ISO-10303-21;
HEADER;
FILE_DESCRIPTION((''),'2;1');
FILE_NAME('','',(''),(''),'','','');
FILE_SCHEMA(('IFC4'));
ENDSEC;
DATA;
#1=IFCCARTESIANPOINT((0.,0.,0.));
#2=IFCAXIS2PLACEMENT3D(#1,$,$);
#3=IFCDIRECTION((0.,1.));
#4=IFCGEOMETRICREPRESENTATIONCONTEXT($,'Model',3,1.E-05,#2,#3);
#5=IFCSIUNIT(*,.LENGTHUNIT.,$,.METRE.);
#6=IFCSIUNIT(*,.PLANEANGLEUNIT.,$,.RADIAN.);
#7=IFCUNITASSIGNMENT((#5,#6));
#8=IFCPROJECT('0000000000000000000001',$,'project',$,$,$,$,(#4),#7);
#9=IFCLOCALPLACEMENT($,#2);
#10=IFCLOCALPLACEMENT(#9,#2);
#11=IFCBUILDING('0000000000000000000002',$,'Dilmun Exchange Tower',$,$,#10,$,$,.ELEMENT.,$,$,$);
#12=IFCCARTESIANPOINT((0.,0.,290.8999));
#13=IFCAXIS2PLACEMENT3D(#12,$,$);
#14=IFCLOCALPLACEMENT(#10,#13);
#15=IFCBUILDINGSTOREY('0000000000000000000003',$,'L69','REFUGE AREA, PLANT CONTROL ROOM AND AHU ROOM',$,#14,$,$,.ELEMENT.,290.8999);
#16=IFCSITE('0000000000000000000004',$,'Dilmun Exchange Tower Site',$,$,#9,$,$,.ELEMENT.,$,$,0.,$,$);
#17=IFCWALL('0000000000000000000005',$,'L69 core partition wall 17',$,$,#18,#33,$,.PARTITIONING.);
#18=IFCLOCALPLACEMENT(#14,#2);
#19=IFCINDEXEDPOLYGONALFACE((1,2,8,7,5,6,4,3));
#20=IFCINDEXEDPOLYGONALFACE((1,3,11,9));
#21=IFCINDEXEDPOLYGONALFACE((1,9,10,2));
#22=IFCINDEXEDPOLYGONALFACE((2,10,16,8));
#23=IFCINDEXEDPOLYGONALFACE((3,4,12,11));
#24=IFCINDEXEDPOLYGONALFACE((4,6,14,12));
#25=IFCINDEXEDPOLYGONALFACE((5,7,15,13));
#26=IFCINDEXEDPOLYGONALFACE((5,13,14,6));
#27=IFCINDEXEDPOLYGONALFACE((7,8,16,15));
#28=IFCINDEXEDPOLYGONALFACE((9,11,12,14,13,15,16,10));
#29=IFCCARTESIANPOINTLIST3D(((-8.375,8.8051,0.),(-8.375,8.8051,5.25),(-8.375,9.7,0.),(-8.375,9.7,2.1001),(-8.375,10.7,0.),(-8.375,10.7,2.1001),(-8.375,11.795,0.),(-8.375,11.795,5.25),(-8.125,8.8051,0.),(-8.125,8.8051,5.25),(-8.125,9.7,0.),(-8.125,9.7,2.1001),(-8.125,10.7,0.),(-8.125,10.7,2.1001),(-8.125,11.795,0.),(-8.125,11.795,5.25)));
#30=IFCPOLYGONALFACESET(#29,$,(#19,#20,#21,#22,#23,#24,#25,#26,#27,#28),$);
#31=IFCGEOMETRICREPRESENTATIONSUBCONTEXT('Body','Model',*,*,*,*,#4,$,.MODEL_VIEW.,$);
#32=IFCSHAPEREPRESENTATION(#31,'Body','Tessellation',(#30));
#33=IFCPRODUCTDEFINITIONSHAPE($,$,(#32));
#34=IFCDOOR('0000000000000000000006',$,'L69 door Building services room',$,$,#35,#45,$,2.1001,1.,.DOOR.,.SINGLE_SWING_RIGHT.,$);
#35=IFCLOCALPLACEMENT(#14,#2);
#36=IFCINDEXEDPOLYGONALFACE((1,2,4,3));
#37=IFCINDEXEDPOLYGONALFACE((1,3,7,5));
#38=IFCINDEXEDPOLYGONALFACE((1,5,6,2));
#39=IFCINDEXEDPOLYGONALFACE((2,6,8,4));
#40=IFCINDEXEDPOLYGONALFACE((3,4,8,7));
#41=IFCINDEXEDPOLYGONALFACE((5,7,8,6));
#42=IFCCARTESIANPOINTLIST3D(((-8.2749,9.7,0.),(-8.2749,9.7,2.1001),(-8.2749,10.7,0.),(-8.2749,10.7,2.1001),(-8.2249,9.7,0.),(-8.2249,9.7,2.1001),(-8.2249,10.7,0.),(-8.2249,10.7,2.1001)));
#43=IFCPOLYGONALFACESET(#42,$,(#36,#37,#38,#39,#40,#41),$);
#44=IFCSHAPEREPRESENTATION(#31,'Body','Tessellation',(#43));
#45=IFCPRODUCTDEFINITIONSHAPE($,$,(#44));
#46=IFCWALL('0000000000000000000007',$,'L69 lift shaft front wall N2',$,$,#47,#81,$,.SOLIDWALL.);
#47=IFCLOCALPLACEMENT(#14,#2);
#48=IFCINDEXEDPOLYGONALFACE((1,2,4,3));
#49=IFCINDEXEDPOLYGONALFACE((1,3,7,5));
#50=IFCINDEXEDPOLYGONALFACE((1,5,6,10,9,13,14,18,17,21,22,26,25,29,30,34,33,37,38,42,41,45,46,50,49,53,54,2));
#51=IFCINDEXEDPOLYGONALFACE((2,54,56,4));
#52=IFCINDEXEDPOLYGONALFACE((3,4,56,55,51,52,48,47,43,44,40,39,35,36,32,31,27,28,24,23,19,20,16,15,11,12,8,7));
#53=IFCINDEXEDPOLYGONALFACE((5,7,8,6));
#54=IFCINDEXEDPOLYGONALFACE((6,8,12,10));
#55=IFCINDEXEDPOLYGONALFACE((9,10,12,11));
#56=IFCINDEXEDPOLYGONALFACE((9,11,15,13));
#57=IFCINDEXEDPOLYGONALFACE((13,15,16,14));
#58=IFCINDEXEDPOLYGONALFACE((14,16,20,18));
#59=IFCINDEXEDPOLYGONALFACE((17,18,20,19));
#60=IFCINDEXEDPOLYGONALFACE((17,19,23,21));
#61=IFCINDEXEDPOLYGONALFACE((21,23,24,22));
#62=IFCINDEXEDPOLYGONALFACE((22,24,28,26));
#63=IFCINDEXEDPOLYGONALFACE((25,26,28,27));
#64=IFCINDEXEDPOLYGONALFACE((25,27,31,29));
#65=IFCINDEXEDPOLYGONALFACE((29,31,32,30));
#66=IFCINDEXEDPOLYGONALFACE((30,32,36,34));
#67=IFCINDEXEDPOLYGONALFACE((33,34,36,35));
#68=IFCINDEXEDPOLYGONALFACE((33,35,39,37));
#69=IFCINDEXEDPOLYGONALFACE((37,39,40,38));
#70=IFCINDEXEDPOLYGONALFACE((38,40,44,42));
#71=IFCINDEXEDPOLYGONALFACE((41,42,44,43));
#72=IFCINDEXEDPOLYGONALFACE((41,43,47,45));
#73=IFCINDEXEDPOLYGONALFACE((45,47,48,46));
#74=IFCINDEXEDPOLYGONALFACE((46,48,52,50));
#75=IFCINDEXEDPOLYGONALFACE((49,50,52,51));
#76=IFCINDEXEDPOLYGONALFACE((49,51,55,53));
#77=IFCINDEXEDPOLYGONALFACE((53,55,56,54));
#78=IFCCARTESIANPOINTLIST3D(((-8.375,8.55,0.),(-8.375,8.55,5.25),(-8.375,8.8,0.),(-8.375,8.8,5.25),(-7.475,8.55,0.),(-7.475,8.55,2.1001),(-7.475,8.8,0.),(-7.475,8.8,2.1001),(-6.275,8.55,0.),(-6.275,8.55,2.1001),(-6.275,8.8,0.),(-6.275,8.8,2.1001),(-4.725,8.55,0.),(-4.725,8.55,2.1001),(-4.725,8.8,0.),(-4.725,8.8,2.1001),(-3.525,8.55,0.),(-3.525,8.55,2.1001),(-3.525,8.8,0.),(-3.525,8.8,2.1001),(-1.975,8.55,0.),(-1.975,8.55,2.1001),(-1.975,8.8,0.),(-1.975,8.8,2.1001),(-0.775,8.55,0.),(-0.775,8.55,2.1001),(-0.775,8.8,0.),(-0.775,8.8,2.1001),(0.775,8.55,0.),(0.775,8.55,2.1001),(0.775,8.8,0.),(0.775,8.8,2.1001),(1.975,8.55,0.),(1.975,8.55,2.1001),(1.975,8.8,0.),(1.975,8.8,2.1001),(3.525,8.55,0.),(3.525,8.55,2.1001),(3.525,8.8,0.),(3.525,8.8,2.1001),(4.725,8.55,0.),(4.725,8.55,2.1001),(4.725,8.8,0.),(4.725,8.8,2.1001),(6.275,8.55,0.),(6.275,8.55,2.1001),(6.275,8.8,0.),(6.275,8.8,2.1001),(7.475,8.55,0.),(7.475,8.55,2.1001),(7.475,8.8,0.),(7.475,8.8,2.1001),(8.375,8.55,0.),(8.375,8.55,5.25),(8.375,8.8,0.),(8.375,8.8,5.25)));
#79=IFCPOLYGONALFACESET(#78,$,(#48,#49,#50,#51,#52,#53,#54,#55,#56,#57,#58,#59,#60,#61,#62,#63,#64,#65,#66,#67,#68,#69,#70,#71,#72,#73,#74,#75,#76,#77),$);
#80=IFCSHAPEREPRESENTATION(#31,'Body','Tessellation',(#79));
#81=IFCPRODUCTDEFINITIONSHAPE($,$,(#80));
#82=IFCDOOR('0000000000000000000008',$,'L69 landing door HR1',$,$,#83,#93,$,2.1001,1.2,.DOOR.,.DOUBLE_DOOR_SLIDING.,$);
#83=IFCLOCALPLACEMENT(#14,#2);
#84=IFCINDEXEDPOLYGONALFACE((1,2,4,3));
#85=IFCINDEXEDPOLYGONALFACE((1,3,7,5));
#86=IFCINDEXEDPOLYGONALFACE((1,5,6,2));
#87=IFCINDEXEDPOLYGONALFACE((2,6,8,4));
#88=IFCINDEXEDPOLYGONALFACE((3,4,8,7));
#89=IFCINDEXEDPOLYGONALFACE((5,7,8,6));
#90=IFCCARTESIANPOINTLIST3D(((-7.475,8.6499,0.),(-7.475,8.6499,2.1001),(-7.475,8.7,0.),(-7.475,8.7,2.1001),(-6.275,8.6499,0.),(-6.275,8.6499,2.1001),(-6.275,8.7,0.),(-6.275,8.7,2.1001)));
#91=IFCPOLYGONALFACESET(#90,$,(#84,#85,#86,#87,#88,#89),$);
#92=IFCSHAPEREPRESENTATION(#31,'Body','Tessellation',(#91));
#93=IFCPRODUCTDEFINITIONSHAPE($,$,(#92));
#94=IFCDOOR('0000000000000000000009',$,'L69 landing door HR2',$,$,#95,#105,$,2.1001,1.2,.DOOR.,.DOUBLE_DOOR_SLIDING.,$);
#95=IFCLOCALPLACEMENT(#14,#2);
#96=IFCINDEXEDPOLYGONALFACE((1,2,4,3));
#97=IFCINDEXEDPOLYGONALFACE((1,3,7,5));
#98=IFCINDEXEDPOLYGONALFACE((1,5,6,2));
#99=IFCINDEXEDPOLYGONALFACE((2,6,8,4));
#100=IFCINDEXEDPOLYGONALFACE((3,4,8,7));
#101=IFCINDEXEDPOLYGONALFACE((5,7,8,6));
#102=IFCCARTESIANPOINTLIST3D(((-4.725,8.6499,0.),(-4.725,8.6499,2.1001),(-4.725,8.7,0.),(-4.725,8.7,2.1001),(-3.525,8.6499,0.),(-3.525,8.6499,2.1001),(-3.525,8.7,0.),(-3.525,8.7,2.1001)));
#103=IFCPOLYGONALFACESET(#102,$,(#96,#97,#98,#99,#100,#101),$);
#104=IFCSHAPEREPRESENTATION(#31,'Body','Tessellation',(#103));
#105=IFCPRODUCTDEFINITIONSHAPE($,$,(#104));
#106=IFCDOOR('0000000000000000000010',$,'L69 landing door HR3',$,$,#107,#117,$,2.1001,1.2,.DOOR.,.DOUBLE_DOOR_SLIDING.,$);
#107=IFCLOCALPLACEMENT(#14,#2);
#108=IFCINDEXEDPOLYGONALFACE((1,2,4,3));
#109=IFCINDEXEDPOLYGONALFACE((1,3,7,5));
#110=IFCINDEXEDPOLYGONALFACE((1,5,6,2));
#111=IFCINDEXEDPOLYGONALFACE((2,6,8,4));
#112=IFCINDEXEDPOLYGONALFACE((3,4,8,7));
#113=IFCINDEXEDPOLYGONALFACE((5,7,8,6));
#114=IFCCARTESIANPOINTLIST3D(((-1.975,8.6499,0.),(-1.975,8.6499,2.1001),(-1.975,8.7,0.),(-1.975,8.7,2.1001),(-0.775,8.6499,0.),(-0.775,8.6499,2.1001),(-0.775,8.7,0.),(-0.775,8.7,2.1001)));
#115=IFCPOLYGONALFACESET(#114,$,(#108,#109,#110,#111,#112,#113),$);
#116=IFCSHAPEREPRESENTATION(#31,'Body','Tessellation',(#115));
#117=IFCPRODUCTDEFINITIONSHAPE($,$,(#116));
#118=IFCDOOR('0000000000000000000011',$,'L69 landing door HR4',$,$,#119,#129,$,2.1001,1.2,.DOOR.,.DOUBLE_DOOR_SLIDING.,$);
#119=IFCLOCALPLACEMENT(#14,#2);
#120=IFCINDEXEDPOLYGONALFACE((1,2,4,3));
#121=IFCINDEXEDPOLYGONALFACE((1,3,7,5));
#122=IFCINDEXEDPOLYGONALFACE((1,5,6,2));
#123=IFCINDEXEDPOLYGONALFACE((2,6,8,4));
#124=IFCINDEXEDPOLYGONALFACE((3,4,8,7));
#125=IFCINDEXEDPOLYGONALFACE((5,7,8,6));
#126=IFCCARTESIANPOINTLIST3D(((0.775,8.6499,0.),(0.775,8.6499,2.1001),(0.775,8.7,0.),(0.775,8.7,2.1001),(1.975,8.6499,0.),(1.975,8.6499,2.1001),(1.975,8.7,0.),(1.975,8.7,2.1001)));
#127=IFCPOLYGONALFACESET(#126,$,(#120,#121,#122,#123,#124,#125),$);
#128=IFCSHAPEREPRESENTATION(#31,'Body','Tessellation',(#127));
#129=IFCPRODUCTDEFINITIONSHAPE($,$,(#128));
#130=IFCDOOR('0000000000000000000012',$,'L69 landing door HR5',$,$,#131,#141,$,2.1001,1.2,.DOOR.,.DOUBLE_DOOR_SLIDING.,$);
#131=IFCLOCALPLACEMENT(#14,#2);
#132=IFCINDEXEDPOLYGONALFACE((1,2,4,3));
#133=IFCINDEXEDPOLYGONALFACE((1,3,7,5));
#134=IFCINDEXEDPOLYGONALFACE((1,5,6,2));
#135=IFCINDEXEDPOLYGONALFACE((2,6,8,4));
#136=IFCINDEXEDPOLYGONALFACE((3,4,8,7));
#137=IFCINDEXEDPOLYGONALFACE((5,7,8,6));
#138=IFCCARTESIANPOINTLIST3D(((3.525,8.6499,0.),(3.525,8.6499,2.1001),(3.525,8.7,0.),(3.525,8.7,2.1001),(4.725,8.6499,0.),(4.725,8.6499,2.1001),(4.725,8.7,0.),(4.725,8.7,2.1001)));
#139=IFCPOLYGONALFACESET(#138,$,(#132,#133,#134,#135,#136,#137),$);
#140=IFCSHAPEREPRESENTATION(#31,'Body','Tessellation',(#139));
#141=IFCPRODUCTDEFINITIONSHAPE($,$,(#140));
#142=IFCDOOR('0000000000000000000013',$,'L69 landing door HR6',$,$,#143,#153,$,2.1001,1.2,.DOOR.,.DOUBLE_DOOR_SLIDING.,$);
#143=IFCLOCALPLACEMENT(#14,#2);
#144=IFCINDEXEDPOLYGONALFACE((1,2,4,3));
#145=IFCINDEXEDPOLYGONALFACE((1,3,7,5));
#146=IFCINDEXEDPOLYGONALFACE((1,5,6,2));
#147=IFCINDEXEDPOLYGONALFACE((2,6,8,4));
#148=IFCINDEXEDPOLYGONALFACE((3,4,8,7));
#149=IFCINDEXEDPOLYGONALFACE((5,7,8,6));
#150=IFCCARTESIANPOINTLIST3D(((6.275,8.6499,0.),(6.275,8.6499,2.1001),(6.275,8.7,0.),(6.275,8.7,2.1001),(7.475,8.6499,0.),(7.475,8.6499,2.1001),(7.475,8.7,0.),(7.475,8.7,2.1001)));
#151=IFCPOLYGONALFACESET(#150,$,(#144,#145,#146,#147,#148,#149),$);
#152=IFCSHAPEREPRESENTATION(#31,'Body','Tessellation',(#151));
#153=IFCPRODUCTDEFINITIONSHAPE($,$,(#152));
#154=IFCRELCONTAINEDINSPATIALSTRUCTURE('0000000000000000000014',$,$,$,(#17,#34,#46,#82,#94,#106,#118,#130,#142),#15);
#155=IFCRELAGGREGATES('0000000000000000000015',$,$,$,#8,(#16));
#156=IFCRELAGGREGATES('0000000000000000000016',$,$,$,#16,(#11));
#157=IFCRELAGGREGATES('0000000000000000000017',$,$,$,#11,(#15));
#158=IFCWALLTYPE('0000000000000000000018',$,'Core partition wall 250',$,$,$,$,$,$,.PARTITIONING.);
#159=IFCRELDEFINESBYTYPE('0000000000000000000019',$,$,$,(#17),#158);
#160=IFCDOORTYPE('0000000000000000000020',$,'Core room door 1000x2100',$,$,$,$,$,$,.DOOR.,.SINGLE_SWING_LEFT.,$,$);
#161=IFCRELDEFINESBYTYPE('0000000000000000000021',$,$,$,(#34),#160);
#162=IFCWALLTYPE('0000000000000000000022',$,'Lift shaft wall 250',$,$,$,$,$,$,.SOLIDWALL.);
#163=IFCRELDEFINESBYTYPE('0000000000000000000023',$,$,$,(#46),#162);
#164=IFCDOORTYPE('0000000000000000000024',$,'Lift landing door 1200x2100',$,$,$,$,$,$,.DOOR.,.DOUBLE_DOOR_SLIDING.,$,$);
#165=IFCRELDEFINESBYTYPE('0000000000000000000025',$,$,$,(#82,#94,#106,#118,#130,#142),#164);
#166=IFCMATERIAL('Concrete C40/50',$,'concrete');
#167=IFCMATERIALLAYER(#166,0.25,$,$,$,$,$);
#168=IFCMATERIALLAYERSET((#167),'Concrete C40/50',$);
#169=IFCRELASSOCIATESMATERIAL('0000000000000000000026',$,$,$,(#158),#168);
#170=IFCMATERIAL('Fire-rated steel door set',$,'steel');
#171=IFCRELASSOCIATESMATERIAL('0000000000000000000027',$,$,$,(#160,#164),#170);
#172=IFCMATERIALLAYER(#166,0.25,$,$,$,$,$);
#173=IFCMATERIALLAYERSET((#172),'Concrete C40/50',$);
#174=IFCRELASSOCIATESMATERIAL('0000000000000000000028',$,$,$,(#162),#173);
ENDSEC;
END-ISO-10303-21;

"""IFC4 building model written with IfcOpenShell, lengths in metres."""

from ifc_helpers import new_model, si_unit, direction, frame, frame_2d, origin, place, context, subcontext, project, spatial, rectangle, extrude, material, layer, layer_set, type_object, element, fill, save


model = new_model("IFC4")

# Units and contexts
model_context = context("Model", 3, precision=1e-05, world=origin(), true_north=direction((0.0, 1.0)))
body_context = subcontext(model_context, "Body", "Model", "MODEL_VIEW")
ifc_project = project(units=[si_unit("LENGTHUNIT", "METRE"), si_unit("PLANEANGLEUNIT", "RADIAN")], contexts=[model_context])

# Site, building, storey
site_placement = place(None, origin())
site = spatial("IfcSite", under=ifc_project, at=site_placement, Name="Dilmun Exchange Tower Site", CompositionType="ELEMENT", RefElevation=0.0)
building_placement = place(site_placement, origin())
building = spatial("IfcBuilding", under=site, at=building_placement, Name="Dilmun Exchange Tower", CompositionType="ELEMENT")
storey_placement = place(building_placement, frame((0.0, 0.0, 290.8999)))
storey = spatial("IfcBuildingStorey", under=building, at=storey_placement, Name="L69", Description="REFUGE AREA, PLANT CONTROL ROOM AND AHU ROOM", CompositionType="ELEMENT", Elevation=290.8999)

# Shared definitions
ifc_material_1 = material(Name="Concrete C40/50", Category="concrete")

# Wall, opening, door
ifc_layer_1 = layer(ifc_material_1, 0.25)
ifc_layer_set_1 = layer_set([ifc_layer_1], Name="Concrete C40/50")
wall_type_1 = type_object("IfcWallType", Name="Core partition wall 250", PredefinedType="PARTITIONING", material=ifc_layer_set_1)
wall_1_placement = place(storey_placement, frame((-8.25, 8.8049, 0.0), z_axis=(0.0, 0.0, 1.0), x_axis=(0.0, 1.0, 0.0)))
wall_1 = element("IfcWall", 1, at=wall_1_placement, inside=storey, type_object=wall_type_1, Name="L69 core partition wall 17", PredefinedType="PARTITIONING", context=body_context, shape_type="SweptSolid", body=[
    extrude(rectangle(XDim=2.99, YDim=0.25, at=frame_2d((1.4951, 0.0))), origin(), (0.0, 0.0, 1.0), 5.25),
])
opening_1_placement = place(wall_1_placement, frame((0.895, 0.0, 0.0)))
opening_1 = element("IfcOpeningElement", 2, at=opening_1_placement, cuts=wall_1, PredefinedType="OPENING", context=body_context, shape_type="SweptSolid", body=[
    extrude(rectangle(XDim=1.0, YDim=2.1001, at=frame_2d((0.5, 1.05))), frame((0.0, 0.135, 0.0), z_axis=(0.0, -1.0, 0.0), x_axis=(1.0, 0.0, 0.0)), (0.0, 0.0, 1.0), 0.27),
])
ifc_material_2 = material(Name="Fire-rated steel door set", Category="steel")
door_type_1 = type_object("IfcDoorType", Name="Core room door 1000x2100", OperationType="SINGLE_SWING_LEFT", PredefinedType="DOOR", material=ifc_material_2)
door_1_placement = place(opening_1_placement, origin())
door_1 = element("IfcDoor", 3, at=door_1_placement, inside=storey, type_object=door_type_1, Name="L69 door Building services room", OperationType="SINGLE_SWING_RIGHT", OverallHeight=2.1001, OverallWidth=1.0, PredefinedType="DOOR", context=body_context, shape_type="SweptSolid", body=[
    extrude(rectangle(XDim=1.0, YDim=2.1001, at=frame_2d((0.5, 1.05))), frame((0.0, 0.0249, 0.0), z_axis=(0.0, -1.0, 0.0), x_axis=(1.0, 0.0, 0.0)), (0.0, 0.0, 1.0), 0.05),
])
fill(opening_1, door_1)

# Wall, openings, doors
ifc_layer_2 = layer(ifc_material_1, 0.25)
ifc_layer_set_2 = layer_set([ifc_layer_2], Name="Concrete C40/50")
wall_type_2 = type_object("IfcWallType", Name="Lift shaft wall 250", PredefinedType="SOLIDWALL", material=ifc_layer_set_2)
wall_2_placement = place(storey_placement, frame((-8.375, 8.675, 0.0), z_axis=(0.0, 0.0, 1.0), x_axis=(1.0, 0.0, 0.0)))
wall_2 = element("IfcWall", 4, at=wall_2_placement, inside=storey, type_object=wall_type_2, Name="L69 lift shaft front wall N2", PredefinedType="SOLIDWALL", context=body_context, shape_type="SweptSolid", body=[
    extrude(rectangle(XDim=16.75, YDim=0.25, at=frame_2d((8.375, 0.0))), origin(), (0.0, 0.0, 1.0), 5.25),
])
opening_2_placement = place(wall_2_placement, frame((0.8999, 0.0, 0.0)))
opening_2 = element("IfcOpeningElement", 5, at=opening_2_placement, cuts=wall_2, PredefinedType="OPENING", context=body_context, shape_type="SweptSolid", body=[
    extrude(rectangle(XDim=1.2, YDim=2.1001, at=frame_2d((0.6001, 1.05))), frame((0.0, 0.135, 0.0), z_axis=(0.0, -1.0, 0.0), x_axis=(1.0, 0.0, 0.0)), (0.0, 0.0, 1.0), 0.27),
])
opening_3_placement = place(wall_2_placement, frame((3.6499, 0.0, 0.0)))
opening_3 = element("IfcOpeningElement", 6, at=opening_3_placement, cuts=wall_2, PredefinedType="OPENING", context=body_context, shape_type="SweptSolid", body=[
    extrude(rectangle(XDim=1.2, YDim=2.1001, at=frame_2d((0.6001, 1.05))), frame((0.0, 0.135, 0.0), z_axis=(0.0, -1.0, 0.0), x_axis=(1.0, 0.0, 0.0)), (0.0, 0.0, 1.0), 0.27),
])
opening_4_placement = place(wall_2_placement, frame((6.3999, 0.0, 0.0)))
opening_4 = element("IfcOpeningElement", 7, at=opening_4_placement, cuts=wall_2, PredefinedType="OPENING", context=body_context, shape_type="SweptSolid", body=[
    extrude(rectangle(XDim=1.2, YDim=2.1001, at=frame_2d((0.6001, 1.05))), frame((0.0, 0.135, 0.0), z_axis=(0.0, -1.0, 0.0), x_axis=(1.0, 0.0, 0.0)), (0.0, 0.0, 1.0), 0.27),
])
opening_5_placement = place(wall_2_placement, frame((9.1499, 0.0, 0.0)))
opening_5 = element("IfcOpeningElement", 8, at=opening_5_placement, cuts=wall_2, PredefinedType="OPENING", context=body_context, shape_type="SweptSolid", body=[
    extrude(rectangle(XDim=1.2, YDim=2.1001, at=frame_2d((0.6001, 1.05))), frame((0.0, 0.135, 0.0), z_axis=(0.0, -1.0, 0.0), x_axis=(1.0, 0.0, 0.0)), (0.0, 0.0, 1.0), 0.27),
])
opening_6_placement = place(wall_2_placement, frame((11.8999, 0.0, 0.0)))
opening_6 = element("IfcOpeningElement", 9, at=opening_6_placement, cuts=wall_2, PredefinedType="OPENING", context=body_context, shape_type="SweptSolid", body=[
    extrude(rectangle(XDim=1.2, YDim=2.1001, at=frame_2d((0.6001, 1.05))), frame((0.0, 0.135, 0.0), z_axis=(0.0, -1.0, 0.0), x_axis=(1.0, 0.0, 0.0)), (0.0, 0.0, 1.0), 0.27),
])
opening_7_placement = place(wall_2_placement, frame((14.6499, 0.0, 0.0)))
opening_7 = element("IfcOpeningElement", 10, at=opening_7_placement, cuts=wall_2, PredefinedType="OPENING", context=body_context, shape_type="SweptSolid", body=[
    extrude(rectangle(XDim=1.2, YDim=2.1001, at=frame_2d((0.6001, 1.05))), frame((0.0, 0.135, 0.0), z_axis=(0.0, -1.0, 0.0), x_axis=(1.0, 0.0, 0.0)), (0.0, 0.0, 1.0), 0.27),
])
door_type_2 = type_object("IfcDoorType", Name="Lift landing door 1200x2100", OperationType="DOUBLE_DOOR_SLIDING", PredefinedType="DOOR", material=ifc_material_2)
door_2_placement = place(opening_2_placement, origin())
door_2 = element("IfcDoor", 11, at=door_2_placement, inside=storey, type_object=door_type_2, Name="L69 landing door HR1", OperationType="DOUBLE_DOOR_SLIDING", OverallHeight=2.1001, OverallWidth=1.2, PredefinedType="DOOR", context=body_context, shape_type="SweptSolid", body=[
    extrude(rectangle(XDim=1.2, YDim=2.1001, at=frame_2d((0.6001, 1.05))), frame((0.0, 0.0249, 0.0), z_axis=(0.0, -1.0, 0.0), x_axis=(1.0, 0.0, 0.0)), (0.0, 0.0, 1.0), 0.05),
])
fill(opening_2, door_2)
door_3_placement = place(opening_3_placement, origin())
door_3 = element("IfcDoor", 12, at=door_3_placement, inside=storey, type_object=door_type_2, Name="L69 landing door HR2", OperationType="DOUBLE_DOOR_SLIDING", OverallHeight=2.1001, OverallWidth=1.2, PredefinedType="DOOR", context=body_context, shape_type="SweptSolid", body=[
    extrude(rectangle(XDim=1.2, YDim=2.1001, at=frame_2d((0.6001, 1.05))), frame((0.0, 0.0249, 0.0), z_axis=(0.0, -1.0, 0.0), x_axis=(1.0, 0.0, 0.0)), (0.0, 0.0, 1.0), 0.05),
])
fill(opening_3, door_3)
door_4_placement = place(opening_4_placement, origin())
door_4 = element("IfcDoor", 13, at=door_4_placement, inside=storey, type_object=door_type_2, Name="L69 landing door HR3", OperationType="DOUBLE_DOOR_SLIDING", OverallHeight=2.1001, OverallWidth=1.2, PredefinedType="DOOR", context=body_context, shape_type="SweptSolid", body=[
    extrude(rectangle(XDim=1.2, YDim=2.1001, at=frame_2d((0.6001, 1.05))), frame((0.0, 0.0249, 0.0), z_axis=(0.0, -1.0, 0.0), x_axis=(1.0, 0.0, 0.0)), (0.0, 0.0, 1.0), 0.05),
])
fill(opening_4, door_4)
door_5_placement = place(opening_5_placement, origin())
door_5 = element("IfcDoor", 14, at=door_5_placement, inside=storey, type_object=door_type_2, Name="L69 landing door HR4", OperationType="DOUBLE_DOOR_SLIDING", OverallHeight=2.1001, OverallWidth=1.2, PredefinedType="DOOR", context=body_context, shape_type="SweptSolid", body=[
    extrude(rectangle(XDim=1.2, YDim=2.1001, at=frame_2d((0.6001, 1.05))), frame((0.0, 0.0249, 0.0), z_axis=(0.0, -1.0, 0.0), x_axis=(1.0, 0.0, 0.0)), (0.0, 0.0, 1.0), 0.05),
])
fill(opening_5, door_5)
door_6_placement = place(opening_6_placement, origin())
door_6 = element("IfcDoor", 15, at=door_6_placement, inside=storey, type_object=door_type_2, Name="L69 landing door HR5", OperationType="DOUBLE_DOOR_SLIDING", OverallHeight=2.1001, OverallWidth=1.2, PredefinedType="DOOR", context=body_context, shape_type="SweptSolid", body=[
    extrude(rectangle(XDim=1.2, YDim=2.1001, at=frame_2d((0.6001, 1.05))), frame((0.0, 0.0249, 0.0), z_axis=(0.0, -1.0, 0.0), x_axis=(1.0, 0.0, 0.0)), (0.0, 0.0, 1.0), 0.05),
])
fill(opening_6, door_6)
door_7_placement = place(opening_7_placement, origin())
door_7 = element("IfcDoor", 16, at=door_7_placement, inside=storey, type_object=door_type_2, Name="L69 landing door HR6", OperationType="DOUBLE_DOOR_SLIDING", OverallHeight=2.1001, OverallWidth=1.2, PredefinedType="DOOR", context=body_context, shape_type="SweptSolid", body=[
    extrude(rectangle(XDim=1.2, YDim=2.1001, at=frame_2d((0.6001, 1.05))), frame((0.0, 0.0249, 0.0), z_axis=(0.0, -1.0, 0.0), x_axis=(1.0, 0.0, 0.0)), (0.0, 0.0, 1.0), 0.05),
])
fill(opening_7, door_7)

save(model, "model.ifc")
